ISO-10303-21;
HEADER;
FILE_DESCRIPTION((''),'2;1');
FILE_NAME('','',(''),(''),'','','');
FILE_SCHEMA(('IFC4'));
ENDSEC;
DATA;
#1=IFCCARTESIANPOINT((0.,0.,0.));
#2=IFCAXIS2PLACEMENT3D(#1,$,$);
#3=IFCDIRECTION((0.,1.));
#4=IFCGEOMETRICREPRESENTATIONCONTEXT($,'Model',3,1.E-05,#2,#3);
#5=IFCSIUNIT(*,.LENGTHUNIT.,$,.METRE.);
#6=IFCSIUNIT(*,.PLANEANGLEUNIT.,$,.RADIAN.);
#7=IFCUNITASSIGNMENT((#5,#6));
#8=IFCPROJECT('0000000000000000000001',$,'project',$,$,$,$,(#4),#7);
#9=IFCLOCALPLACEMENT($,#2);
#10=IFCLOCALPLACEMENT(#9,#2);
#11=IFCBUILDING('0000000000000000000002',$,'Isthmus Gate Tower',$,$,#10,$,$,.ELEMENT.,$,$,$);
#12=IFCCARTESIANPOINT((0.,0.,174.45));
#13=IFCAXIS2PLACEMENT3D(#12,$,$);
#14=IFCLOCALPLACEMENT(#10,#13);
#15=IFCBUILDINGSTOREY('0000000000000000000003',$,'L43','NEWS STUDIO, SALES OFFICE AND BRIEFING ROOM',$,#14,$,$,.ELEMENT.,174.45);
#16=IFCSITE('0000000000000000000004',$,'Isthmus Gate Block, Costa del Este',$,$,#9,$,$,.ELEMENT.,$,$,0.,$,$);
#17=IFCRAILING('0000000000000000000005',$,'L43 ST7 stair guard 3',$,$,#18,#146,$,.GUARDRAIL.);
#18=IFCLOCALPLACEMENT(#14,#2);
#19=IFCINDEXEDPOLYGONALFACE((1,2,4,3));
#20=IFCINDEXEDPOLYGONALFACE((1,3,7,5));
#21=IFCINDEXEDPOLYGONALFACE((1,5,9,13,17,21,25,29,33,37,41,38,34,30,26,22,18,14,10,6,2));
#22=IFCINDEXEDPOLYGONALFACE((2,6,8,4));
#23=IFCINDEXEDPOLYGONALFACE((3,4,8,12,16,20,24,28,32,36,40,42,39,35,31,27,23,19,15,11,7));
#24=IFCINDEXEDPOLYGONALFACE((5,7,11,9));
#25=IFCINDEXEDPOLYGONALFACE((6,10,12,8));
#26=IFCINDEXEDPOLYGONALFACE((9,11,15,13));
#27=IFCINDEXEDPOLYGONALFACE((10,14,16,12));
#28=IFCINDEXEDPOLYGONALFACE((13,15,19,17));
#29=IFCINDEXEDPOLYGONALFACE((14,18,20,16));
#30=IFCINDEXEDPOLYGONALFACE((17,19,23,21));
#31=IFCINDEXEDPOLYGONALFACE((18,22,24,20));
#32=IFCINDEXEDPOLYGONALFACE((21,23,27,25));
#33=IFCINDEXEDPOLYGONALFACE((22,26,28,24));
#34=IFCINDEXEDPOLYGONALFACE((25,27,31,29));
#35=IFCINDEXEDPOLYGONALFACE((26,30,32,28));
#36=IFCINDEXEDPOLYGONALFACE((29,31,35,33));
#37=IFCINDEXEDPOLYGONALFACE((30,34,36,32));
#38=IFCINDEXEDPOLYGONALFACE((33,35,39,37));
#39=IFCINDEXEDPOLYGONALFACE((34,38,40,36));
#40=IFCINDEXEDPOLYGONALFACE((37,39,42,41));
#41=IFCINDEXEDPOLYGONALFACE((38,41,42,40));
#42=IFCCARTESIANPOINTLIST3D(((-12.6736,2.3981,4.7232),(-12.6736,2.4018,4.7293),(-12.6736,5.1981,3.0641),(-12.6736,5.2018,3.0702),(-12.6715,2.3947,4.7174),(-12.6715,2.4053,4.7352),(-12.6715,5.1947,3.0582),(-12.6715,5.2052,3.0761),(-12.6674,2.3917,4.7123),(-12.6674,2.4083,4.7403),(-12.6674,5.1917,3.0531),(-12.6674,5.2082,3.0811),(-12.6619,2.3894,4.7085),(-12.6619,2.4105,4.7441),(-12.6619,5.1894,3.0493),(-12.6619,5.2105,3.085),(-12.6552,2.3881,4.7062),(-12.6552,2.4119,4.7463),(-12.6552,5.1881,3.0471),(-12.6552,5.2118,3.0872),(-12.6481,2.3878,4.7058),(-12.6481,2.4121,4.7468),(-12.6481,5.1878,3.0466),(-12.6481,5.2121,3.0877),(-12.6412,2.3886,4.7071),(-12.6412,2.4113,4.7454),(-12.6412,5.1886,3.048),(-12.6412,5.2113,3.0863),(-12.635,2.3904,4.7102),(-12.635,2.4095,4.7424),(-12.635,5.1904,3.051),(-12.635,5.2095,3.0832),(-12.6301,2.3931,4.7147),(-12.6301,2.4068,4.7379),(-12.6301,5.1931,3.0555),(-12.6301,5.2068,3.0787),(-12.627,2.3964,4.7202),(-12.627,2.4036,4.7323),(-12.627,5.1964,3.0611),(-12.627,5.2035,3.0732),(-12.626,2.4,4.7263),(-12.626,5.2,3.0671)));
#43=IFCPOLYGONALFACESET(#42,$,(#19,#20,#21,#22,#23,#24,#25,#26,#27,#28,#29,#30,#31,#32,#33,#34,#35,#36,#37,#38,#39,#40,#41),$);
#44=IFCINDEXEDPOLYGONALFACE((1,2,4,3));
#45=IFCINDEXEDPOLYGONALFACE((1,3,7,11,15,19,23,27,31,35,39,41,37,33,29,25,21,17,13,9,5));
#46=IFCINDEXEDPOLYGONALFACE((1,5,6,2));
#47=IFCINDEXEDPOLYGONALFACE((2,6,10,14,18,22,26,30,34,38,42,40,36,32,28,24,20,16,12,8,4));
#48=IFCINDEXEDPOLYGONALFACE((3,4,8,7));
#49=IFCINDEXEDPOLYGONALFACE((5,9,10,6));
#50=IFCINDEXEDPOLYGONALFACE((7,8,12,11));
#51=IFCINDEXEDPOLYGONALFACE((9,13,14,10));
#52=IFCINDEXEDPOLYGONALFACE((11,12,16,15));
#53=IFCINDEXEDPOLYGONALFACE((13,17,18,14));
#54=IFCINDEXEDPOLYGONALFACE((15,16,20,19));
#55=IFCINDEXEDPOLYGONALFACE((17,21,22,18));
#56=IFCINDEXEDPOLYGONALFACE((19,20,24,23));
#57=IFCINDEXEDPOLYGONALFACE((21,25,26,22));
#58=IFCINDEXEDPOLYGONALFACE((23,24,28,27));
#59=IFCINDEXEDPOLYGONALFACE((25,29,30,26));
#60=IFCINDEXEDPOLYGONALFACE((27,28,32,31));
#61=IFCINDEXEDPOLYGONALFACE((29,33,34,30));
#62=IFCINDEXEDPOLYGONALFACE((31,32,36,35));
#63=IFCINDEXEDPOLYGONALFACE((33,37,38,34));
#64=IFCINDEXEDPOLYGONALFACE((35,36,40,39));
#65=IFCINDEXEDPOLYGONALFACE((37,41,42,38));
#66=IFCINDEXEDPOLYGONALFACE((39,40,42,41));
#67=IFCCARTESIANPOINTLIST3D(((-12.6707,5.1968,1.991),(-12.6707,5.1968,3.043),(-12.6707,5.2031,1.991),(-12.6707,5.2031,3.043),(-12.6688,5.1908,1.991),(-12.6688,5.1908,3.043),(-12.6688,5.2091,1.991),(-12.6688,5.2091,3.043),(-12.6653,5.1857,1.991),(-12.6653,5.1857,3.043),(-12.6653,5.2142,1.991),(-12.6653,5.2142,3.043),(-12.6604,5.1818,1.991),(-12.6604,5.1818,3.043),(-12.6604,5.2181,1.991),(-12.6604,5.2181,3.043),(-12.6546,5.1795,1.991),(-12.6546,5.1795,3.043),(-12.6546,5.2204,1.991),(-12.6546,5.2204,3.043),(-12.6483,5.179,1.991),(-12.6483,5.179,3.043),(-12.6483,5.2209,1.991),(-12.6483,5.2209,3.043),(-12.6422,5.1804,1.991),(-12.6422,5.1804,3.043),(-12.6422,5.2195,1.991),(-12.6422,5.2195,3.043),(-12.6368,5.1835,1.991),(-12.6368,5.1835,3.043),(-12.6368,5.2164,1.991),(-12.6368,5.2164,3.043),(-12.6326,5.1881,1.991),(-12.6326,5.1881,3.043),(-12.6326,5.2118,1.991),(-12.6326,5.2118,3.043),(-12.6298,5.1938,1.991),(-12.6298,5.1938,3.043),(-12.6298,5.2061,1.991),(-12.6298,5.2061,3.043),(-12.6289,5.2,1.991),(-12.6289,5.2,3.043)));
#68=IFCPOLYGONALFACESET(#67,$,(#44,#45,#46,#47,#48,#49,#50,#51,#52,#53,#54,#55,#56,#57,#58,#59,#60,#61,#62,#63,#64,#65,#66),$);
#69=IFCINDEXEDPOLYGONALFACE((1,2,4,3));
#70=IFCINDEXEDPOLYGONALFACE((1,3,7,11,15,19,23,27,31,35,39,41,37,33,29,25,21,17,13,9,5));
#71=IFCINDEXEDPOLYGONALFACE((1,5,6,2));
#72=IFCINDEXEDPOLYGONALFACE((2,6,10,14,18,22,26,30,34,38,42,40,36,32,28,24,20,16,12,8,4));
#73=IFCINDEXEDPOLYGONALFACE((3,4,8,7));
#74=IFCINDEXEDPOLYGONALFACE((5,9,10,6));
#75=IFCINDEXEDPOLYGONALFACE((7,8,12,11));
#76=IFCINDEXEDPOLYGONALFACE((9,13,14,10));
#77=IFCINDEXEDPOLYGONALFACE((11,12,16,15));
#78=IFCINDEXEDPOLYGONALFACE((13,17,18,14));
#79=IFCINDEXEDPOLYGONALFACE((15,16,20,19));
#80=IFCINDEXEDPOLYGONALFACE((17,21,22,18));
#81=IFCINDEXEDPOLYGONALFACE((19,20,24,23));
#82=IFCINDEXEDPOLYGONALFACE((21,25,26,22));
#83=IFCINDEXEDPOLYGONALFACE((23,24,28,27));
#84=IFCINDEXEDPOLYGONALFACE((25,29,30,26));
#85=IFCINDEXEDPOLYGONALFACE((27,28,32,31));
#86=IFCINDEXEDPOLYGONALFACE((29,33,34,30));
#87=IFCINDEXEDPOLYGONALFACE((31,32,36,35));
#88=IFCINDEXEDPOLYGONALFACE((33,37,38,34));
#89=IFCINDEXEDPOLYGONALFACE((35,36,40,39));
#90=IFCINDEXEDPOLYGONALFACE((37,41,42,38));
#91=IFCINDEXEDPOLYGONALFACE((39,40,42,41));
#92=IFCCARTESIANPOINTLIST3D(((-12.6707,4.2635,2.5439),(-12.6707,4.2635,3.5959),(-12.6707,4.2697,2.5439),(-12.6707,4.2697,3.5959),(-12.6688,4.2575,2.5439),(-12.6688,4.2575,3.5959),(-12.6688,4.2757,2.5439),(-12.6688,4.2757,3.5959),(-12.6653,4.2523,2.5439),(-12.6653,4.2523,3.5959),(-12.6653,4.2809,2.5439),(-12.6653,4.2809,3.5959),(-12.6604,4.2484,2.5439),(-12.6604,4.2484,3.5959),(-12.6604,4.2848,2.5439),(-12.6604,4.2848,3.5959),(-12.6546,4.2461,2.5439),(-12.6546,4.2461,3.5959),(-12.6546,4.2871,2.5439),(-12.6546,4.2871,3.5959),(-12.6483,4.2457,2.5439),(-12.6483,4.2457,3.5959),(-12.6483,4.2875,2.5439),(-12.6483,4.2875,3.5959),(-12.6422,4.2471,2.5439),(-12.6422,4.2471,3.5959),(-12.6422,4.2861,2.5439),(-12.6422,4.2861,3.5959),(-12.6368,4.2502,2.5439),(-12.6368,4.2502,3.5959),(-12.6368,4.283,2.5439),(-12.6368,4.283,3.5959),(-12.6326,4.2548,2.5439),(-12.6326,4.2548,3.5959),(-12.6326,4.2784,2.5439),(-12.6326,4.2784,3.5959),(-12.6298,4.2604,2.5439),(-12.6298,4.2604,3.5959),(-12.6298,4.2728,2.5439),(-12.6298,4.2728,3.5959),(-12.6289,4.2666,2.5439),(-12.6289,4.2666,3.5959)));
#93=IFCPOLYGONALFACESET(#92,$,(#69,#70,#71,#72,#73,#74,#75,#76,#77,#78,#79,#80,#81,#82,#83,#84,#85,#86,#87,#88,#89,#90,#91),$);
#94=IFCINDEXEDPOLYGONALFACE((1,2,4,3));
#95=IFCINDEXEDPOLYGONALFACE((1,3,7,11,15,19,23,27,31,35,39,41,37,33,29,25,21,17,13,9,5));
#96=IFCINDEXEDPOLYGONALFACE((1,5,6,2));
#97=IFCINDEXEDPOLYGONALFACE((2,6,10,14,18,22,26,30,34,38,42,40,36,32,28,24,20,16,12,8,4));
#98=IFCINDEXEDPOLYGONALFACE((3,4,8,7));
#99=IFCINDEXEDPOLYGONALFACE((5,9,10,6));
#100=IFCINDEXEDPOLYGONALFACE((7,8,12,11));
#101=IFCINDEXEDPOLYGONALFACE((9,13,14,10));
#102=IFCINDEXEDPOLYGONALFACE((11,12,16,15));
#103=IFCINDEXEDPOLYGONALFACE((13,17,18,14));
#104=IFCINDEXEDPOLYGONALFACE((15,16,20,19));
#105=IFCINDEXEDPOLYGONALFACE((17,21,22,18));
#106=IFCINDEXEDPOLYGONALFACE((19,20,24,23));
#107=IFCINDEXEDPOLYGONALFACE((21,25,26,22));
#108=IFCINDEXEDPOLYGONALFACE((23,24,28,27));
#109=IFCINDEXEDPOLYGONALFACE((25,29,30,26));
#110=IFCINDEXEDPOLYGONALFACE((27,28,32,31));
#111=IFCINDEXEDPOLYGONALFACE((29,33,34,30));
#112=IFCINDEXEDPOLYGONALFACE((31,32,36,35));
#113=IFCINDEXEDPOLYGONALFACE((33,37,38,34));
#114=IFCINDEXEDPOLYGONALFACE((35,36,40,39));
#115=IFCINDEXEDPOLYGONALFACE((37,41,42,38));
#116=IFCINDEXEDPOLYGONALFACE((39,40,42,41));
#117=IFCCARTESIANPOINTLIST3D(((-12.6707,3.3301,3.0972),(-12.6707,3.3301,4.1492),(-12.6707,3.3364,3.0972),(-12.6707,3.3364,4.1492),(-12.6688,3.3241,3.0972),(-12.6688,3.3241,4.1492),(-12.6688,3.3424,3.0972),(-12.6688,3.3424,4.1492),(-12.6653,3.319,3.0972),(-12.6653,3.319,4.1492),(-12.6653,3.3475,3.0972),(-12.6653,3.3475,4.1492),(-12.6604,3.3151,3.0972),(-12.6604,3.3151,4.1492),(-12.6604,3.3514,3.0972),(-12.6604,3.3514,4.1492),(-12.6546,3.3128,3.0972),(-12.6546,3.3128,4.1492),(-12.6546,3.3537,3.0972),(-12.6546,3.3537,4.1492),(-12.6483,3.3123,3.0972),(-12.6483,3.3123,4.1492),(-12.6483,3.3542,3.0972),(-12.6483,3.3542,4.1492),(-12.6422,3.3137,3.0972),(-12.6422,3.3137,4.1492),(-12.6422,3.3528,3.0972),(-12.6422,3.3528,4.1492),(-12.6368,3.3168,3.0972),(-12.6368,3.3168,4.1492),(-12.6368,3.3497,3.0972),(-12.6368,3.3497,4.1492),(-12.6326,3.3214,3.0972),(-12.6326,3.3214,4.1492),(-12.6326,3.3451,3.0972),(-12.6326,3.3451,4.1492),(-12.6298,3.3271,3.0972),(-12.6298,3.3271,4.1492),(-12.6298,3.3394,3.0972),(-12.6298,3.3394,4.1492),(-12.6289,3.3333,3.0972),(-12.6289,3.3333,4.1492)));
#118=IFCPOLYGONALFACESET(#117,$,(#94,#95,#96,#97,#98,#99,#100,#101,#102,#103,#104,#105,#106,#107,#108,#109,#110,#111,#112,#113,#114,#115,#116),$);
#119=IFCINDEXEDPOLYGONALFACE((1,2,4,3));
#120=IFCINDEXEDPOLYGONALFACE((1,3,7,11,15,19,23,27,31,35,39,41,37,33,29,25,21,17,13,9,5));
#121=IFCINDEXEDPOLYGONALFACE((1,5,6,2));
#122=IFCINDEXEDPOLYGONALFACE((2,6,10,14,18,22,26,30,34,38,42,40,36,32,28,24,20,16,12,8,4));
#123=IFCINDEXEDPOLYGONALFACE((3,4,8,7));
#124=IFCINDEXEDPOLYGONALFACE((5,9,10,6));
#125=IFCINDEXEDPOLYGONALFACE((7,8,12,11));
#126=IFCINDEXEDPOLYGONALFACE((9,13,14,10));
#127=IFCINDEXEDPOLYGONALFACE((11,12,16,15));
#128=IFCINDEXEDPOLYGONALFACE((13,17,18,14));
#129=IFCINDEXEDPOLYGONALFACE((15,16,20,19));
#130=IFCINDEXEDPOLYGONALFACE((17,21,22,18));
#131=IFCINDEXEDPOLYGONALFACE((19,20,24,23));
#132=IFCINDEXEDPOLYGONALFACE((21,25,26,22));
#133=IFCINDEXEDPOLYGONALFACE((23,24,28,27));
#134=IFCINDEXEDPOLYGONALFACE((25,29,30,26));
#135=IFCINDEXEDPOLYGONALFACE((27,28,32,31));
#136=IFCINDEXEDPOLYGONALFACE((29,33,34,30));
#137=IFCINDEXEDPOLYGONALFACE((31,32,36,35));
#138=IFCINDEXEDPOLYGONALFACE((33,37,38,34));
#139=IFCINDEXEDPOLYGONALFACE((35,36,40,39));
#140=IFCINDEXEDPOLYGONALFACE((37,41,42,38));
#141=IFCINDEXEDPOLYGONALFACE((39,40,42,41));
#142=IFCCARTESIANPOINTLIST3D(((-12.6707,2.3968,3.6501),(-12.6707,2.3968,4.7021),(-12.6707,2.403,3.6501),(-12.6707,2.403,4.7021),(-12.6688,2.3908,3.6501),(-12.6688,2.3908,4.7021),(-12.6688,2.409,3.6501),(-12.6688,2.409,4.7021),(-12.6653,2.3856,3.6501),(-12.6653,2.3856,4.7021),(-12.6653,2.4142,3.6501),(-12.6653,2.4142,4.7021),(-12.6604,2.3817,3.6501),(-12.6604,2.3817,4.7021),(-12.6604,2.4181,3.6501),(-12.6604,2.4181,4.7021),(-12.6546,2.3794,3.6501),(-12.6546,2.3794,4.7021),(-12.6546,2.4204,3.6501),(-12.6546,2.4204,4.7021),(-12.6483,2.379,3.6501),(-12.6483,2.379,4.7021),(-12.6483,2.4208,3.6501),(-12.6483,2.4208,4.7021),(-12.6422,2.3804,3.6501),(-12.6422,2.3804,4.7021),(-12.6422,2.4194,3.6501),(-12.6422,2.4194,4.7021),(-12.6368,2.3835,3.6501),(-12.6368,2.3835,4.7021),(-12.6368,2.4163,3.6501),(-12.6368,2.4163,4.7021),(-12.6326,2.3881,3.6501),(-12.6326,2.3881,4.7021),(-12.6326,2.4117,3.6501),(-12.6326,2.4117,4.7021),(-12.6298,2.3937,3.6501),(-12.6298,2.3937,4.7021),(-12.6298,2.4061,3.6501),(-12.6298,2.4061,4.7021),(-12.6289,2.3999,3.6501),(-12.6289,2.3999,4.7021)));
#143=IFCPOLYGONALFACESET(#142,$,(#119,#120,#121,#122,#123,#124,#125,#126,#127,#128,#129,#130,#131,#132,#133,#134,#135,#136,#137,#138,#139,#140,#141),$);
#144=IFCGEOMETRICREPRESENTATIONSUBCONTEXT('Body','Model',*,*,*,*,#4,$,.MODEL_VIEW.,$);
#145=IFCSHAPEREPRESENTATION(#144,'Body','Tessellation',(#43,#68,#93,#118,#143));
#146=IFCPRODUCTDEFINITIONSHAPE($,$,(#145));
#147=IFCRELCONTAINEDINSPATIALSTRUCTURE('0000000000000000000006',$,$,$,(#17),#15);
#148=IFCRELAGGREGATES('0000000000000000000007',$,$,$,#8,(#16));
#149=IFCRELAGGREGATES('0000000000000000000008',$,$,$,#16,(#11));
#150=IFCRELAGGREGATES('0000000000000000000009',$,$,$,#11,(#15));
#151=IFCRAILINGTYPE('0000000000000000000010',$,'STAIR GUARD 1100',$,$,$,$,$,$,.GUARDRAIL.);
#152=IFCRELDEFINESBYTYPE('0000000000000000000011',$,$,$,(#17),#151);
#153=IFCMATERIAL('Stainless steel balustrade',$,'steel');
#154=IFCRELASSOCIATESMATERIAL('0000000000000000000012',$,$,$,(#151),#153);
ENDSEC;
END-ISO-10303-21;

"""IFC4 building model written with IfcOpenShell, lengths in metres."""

from ifc_helpers import new_model, si_unit, direction, frame, origin, origin_2d, place, context, subcontext, project, spatial, circle, extrude, material, type_object, element, save


model = new_model("IFC4")

# Units and contexts
model_context = context("Model", 3, precision=1e-05, world=origin(), true_north=direction((0.0, 1.0)))
body_context = subcontext(model_context, "Body", "Model", "MODEL_VIEW")
ifc_project = project(units=[si_unit("LENGTHUNIT", "METRE"), si_unit("PLANEANGLEUNIT", "RADIAN")], contexts=[model_context])

# Site, building, storey
site_placement = place(None, origin())
site = spatial("IfcSite", under=ifc_project, at=site_placement, Name="Isthmus Gate Block, Costa del Este", CompositionType="ELEMENT", RefElevation=0.0)
building_placement = place(site_placement, origin())
building = spatial("IfcBuilding", under=site, at=building_placement, Name="Isthmus Gate Tower", CompositionType="ELEMENT")
storey_placement = place(building_placement, frame((0.0, 0.0, 174.45)))
storey = spatial("IfcBuildingStorey", under=building, at=storey_placement, Name="L43", Description="NEWS STUDIO, SALES OFFICE AND BRIEFING ROOM", CompositionType="ELEMENT", Elevation=174.45)

# Railing
ifc_material_1 = material(Name="Stainless steel balustrade", Category="steel")
railing_type_1 = type_object("IfcRailingType", Name="STAIR GUARD 1100", PredefinedType="GUARDRAIL", material=ifc_material_1)
railing_1_placement = place(storey_placement, frame((-12.6499, 5.2, 1.991)))
element("IfcRailing", 1, at=railing_1_placement, inside=storey, type_object=railing_type_1, Name="L43 ST7 stair guard 3", PredefinedType="GUARDRAIL", context=body_context, shape_type="SweptSolid", body=[
    extrude(circle(Radius=0.0239, at=origin_2d()), frame((0.0, 0.0, 1.0762), z_axis=(0.0, -0.860306, 0.509778), x_axis=(1.0, 0.0, 0.0)), (0.0, 0.0, 1.0), 3.2546),
    extrude(circle(Radius=0.021, at=origin_2d()), origin(), (0.0, 0.0, 1.0), 1.052),
    extrude(circle(Radius=0.021, at=origin_2d()), frame((0.0, -0.9333, 0.553)), (0.0, 0.0, 1.0), 1.052),
    extrude(circle(Radius=0.021, at=origin_2d()), frame((0.0, -1.8667, 1.1062)), (0.0, 0.0, 1.0), 1.052),
    extrude(circle(Radius=0.021, at=origin_2d()), frame((0.0, -2.8, 1.6592)), (0.0, 0.0, 1.0), 1.052),
])

save(model, "model.ifc")
